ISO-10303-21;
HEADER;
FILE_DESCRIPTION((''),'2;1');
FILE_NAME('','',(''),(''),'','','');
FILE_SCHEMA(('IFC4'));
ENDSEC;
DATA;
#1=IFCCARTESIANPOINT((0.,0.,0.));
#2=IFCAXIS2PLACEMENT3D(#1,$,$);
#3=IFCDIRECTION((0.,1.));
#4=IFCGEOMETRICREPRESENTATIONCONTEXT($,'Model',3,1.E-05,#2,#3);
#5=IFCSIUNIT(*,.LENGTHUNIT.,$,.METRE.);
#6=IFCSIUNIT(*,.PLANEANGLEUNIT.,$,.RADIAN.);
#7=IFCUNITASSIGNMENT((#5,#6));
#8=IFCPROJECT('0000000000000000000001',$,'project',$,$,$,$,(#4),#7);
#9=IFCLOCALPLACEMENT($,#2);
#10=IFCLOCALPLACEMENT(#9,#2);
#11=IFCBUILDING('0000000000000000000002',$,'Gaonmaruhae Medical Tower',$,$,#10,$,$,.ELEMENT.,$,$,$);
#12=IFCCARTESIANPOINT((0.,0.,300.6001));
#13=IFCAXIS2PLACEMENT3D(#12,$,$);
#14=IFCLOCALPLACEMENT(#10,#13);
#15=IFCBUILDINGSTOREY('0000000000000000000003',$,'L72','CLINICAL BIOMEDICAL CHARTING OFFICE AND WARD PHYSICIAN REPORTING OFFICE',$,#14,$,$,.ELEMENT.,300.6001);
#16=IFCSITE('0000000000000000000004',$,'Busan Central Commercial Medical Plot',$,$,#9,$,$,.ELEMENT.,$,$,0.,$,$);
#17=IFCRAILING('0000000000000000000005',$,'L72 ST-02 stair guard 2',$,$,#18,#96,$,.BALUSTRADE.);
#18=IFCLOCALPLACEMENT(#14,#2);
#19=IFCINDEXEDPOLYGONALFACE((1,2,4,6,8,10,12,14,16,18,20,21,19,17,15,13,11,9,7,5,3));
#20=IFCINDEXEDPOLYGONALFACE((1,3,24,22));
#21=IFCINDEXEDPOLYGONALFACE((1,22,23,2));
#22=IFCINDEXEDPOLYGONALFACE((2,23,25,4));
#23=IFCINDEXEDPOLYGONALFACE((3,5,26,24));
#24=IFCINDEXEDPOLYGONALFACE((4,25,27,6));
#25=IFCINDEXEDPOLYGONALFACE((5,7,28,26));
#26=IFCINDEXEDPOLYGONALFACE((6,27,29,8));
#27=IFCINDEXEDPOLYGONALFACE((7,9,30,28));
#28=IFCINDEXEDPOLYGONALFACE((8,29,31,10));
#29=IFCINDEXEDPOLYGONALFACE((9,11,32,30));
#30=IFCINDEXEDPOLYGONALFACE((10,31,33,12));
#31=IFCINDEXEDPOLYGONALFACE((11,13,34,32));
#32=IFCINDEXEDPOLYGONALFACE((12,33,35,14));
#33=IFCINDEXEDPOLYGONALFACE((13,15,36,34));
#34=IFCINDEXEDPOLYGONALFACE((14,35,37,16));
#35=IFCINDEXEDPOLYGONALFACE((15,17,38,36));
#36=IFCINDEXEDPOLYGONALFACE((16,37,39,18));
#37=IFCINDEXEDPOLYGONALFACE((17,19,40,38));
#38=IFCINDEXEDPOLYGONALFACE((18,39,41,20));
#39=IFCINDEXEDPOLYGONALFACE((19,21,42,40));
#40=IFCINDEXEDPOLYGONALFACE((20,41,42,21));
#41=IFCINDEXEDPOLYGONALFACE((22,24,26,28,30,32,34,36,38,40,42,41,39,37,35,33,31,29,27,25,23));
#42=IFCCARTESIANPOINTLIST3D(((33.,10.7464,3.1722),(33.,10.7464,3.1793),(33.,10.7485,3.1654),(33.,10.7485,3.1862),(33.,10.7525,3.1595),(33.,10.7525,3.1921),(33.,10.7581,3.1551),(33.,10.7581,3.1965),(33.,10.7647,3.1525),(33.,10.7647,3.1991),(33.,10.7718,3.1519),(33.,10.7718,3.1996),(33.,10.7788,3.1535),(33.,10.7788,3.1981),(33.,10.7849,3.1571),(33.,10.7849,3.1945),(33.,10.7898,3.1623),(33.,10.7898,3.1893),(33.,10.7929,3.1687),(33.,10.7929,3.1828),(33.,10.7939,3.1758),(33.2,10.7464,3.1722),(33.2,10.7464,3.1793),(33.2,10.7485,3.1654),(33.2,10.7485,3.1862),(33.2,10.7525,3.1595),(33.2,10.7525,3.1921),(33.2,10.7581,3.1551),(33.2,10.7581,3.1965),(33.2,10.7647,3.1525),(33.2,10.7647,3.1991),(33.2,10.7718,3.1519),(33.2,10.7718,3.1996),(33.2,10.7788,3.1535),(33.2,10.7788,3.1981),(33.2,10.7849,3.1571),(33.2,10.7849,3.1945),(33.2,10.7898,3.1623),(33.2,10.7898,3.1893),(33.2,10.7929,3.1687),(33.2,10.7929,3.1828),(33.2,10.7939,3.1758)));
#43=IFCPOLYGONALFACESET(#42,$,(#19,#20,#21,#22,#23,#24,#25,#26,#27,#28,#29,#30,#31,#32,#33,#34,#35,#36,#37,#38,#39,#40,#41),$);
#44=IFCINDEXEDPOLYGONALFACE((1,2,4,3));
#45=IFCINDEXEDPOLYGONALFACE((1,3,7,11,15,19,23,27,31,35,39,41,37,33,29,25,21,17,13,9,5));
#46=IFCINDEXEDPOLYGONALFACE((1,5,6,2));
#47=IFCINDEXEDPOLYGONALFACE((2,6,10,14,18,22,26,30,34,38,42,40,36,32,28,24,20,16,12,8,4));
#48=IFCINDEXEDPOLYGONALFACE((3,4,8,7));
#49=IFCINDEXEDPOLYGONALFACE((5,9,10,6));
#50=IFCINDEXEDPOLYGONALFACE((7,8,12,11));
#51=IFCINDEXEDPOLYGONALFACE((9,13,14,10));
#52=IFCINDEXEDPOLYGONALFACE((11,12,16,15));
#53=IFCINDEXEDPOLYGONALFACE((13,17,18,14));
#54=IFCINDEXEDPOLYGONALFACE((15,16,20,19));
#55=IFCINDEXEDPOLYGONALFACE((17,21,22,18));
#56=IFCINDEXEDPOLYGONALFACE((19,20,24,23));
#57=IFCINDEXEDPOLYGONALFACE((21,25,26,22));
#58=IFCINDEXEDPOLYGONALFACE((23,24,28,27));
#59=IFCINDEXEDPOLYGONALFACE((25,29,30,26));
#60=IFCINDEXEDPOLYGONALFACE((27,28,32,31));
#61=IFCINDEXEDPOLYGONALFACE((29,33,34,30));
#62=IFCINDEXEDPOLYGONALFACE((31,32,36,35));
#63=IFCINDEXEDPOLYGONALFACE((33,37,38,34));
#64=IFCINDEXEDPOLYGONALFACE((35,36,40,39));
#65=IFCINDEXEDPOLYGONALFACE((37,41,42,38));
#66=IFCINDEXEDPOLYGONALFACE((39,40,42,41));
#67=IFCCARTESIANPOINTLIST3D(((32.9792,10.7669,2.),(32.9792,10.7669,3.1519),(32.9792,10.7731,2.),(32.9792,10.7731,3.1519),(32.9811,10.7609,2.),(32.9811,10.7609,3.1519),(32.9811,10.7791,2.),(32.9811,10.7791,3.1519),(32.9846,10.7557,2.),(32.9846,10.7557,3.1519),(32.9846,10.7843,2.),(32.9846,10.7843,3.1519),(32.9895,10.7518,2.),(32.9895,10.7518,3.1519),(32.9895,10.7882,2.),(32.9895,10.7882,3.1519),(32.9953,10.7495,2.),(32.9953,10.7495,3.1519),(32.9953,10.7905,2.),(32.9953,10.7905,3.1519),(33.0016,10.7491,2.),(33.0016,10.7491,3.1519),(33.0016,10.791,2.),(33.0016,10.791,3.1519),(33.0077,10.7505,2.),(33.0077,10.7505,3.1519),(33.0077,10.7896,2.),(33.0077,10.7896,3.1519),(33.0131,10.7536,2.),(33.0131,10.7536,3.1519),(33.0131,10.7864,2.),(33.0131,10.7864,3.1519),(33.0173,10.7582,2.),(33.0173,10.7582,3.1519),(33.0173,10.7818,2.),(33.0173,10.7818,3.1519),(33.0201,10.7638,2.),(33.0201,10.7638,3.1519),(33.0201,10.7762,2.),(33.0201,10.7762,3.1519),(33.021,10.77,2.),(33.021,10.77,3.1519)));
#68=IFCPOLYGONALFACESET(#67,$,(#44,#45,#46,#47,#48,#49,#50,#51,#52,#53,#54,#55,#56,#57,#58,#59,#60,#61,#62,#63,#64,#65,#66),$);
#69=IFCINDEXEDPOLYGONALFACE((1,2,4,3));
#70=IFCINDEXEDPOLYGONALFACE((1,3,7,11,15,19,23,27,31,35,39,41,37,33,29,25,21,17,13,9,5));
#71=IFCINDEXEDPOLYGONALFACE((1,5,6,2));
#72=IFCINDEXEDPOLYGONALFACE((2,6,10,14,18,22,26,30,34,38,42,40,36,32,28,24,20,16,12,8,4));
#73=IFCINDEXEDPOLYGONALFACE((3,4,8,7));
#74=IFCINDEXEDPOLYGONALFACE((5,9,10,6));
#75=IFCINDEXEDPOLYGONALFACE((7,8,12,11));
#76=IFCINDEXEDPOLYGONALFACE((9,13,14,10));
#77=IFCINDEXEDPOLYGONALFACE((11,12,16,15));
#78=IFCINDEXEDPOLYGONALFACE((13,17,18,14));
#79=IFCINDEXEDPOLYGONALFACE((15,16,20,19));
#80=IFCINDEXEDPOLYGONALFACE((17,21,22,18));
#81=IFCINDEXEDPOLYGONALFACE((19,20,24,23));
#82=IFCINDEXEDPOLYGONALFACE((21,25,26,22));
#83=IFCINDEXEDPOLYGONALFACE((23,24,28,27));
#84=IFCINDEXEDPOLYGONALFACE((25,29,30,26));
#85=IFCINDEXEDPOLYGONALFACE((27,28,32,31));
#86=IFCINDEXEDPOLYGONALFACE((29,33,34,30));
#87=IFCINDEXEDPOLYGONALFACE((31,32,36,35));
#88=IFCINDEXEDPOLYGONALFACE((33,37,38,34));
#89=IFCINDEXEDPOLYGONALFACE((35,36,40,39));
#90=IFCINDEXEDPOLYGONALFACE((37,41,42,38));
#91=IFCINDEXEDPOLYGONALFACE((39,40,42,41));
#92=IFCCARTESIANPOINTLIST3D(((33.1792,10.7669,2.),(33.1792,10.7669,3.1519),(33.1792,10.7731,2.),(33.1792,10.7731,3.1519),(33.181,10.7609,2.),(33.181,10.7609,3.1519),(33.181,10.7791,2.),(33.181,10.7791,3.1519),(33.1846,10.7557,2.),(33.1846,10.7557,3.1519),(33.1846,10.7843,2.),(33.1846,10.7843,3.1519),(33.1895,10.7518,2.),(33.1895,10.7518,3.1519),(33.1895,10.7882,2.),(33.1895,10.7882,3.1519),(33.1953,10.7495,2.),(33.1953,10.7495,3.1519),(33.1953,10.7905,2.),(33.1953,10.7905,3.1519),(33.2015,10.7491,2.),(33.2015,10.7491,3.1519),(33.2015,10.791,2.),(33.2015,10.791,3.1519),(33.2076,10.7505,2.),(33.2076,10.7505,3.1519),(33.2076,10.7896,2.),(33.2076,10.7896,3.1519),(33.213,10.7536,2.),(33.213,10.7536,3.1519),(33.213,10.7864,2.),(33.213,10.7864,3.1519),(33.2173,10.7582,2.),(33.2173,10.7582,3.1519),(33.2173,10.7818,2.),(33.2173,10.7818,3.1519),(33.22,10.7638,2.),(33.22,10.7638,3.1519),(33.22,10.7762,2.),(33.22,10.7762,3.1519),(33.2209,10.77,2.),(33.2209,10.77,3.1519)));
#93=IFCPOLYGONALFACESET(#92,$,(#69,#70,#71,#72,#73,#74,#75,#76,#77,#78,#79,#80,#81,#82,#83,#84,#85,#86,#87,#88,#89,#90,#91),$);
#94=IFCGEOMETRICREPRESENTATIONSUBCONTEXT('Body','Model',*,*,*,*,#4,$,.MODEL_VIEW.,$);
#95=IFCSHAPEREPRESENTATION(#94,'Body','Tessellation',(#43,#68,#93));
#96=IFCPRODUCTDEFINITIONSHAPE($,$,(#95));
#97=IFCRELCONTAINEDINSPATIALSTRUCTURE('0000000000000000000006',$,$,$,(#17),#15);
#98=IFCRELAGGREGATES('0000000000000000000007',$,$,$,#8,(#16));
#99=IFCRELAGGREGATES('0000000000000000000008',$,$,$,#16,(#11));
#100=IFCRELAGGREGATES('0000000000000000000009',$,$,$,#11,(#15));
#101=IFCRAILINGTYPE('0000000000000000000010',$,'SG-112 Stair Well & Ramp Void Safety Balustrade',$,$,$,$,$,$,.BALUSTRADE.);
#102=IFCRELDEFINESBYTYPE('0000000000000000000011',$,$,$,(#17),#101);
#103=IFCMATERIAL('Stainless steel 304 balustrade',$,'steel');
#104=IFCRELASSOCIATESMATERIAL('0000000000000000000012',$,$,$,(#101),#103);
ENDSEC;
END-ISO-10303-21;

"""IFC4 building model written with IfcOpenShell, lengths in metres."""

from ifc_helpers import new_model, si_unit, direction, frame, origin, origin_2d, place, context, subcontext, project, spatial, circle, extrude, material, type_object, element, save


model = new_model("IFC4")

# Units and contexts
model_context = context("Model", 3, precision=1e-05, world=origin(), true_north=direction((0.0, 1.0)))
body_context = subcontext(model_context, "Body", "Model", "MODEL_VIEW")
ifc_project = project(units=[si_unit("LENGTHUNIT", "METRE"), si_unit("PLANEANGLEUNIT", "RADIAN")], contexts=[model_context])

# Site, building, storey
site_placement = place(None, origin())
site = spatial("IfcSite", under=ifc_project, at=site_placement, Name="Busan Central Commercial Medical Plot", CompositionType="ELEMENT", RefElevation=0.0)
building_placement = place(site_placement, origin())
building = spatial("IfcBuilding", under=site, at=building_placement, Name="Gaonmaruhae Medical Tower", CompositionType="ELEMENT")
storey_placement = place(building_placement, frame((0.0, 0.0, 300.6001)))
storey = spatial("IfcBuildingStorey", under=building, at=storey_placement, Name="L72", Description="CLINICAL BIOMEDICAL CHARTING OFFICE AND WARD PHYSICIAN REPORTING OFFICE", CompositionType="ELEMENT", Elevation=300.6001)

# Railing
ifc_material_1 = material(Name="Stainless steel 304 balustrade", Category="steel")
railing_type_1 = type_object("IfcRailingType", Name="SG-112 Stair Well & Ramp Void Safety Balustrade", PredefinedType="BALUSTRADE", material=ifc_material_1)
railing_1_placement = place(storey_placement, frame((33.0, 10.77, 2.0)))
element("IfcRailing", 1, at=railing_1_placement, inside=storey, type_object=railing_type_1, Name="L72 ST-02 stair guard 2", PredefinedType="BALUSTRADE", context=body_context, shape_type="SweptSolid", body=[
    extrude(circle(Radius=0.0239, at=origin_2d()), frame((0.0, 0.0, 1.1758), z_axis=(1.0, 0.0, 0.0), x_axis=(0.0, 1.0, 0.0)), (0.0, 0.0, 1.0), 0.2),
    extrude(circle(Radius=0.021, at=origin_2d()), origin(), (0.0, 0.0, 1.0), 1.1519),
    extrude(circle(Radius=0.021, at=origin_2d()), frame((0.2, 0.0, 0.0)), (0.0, 0.0, 1.0), 1.1519),
])

save(model, "model.ifc")
